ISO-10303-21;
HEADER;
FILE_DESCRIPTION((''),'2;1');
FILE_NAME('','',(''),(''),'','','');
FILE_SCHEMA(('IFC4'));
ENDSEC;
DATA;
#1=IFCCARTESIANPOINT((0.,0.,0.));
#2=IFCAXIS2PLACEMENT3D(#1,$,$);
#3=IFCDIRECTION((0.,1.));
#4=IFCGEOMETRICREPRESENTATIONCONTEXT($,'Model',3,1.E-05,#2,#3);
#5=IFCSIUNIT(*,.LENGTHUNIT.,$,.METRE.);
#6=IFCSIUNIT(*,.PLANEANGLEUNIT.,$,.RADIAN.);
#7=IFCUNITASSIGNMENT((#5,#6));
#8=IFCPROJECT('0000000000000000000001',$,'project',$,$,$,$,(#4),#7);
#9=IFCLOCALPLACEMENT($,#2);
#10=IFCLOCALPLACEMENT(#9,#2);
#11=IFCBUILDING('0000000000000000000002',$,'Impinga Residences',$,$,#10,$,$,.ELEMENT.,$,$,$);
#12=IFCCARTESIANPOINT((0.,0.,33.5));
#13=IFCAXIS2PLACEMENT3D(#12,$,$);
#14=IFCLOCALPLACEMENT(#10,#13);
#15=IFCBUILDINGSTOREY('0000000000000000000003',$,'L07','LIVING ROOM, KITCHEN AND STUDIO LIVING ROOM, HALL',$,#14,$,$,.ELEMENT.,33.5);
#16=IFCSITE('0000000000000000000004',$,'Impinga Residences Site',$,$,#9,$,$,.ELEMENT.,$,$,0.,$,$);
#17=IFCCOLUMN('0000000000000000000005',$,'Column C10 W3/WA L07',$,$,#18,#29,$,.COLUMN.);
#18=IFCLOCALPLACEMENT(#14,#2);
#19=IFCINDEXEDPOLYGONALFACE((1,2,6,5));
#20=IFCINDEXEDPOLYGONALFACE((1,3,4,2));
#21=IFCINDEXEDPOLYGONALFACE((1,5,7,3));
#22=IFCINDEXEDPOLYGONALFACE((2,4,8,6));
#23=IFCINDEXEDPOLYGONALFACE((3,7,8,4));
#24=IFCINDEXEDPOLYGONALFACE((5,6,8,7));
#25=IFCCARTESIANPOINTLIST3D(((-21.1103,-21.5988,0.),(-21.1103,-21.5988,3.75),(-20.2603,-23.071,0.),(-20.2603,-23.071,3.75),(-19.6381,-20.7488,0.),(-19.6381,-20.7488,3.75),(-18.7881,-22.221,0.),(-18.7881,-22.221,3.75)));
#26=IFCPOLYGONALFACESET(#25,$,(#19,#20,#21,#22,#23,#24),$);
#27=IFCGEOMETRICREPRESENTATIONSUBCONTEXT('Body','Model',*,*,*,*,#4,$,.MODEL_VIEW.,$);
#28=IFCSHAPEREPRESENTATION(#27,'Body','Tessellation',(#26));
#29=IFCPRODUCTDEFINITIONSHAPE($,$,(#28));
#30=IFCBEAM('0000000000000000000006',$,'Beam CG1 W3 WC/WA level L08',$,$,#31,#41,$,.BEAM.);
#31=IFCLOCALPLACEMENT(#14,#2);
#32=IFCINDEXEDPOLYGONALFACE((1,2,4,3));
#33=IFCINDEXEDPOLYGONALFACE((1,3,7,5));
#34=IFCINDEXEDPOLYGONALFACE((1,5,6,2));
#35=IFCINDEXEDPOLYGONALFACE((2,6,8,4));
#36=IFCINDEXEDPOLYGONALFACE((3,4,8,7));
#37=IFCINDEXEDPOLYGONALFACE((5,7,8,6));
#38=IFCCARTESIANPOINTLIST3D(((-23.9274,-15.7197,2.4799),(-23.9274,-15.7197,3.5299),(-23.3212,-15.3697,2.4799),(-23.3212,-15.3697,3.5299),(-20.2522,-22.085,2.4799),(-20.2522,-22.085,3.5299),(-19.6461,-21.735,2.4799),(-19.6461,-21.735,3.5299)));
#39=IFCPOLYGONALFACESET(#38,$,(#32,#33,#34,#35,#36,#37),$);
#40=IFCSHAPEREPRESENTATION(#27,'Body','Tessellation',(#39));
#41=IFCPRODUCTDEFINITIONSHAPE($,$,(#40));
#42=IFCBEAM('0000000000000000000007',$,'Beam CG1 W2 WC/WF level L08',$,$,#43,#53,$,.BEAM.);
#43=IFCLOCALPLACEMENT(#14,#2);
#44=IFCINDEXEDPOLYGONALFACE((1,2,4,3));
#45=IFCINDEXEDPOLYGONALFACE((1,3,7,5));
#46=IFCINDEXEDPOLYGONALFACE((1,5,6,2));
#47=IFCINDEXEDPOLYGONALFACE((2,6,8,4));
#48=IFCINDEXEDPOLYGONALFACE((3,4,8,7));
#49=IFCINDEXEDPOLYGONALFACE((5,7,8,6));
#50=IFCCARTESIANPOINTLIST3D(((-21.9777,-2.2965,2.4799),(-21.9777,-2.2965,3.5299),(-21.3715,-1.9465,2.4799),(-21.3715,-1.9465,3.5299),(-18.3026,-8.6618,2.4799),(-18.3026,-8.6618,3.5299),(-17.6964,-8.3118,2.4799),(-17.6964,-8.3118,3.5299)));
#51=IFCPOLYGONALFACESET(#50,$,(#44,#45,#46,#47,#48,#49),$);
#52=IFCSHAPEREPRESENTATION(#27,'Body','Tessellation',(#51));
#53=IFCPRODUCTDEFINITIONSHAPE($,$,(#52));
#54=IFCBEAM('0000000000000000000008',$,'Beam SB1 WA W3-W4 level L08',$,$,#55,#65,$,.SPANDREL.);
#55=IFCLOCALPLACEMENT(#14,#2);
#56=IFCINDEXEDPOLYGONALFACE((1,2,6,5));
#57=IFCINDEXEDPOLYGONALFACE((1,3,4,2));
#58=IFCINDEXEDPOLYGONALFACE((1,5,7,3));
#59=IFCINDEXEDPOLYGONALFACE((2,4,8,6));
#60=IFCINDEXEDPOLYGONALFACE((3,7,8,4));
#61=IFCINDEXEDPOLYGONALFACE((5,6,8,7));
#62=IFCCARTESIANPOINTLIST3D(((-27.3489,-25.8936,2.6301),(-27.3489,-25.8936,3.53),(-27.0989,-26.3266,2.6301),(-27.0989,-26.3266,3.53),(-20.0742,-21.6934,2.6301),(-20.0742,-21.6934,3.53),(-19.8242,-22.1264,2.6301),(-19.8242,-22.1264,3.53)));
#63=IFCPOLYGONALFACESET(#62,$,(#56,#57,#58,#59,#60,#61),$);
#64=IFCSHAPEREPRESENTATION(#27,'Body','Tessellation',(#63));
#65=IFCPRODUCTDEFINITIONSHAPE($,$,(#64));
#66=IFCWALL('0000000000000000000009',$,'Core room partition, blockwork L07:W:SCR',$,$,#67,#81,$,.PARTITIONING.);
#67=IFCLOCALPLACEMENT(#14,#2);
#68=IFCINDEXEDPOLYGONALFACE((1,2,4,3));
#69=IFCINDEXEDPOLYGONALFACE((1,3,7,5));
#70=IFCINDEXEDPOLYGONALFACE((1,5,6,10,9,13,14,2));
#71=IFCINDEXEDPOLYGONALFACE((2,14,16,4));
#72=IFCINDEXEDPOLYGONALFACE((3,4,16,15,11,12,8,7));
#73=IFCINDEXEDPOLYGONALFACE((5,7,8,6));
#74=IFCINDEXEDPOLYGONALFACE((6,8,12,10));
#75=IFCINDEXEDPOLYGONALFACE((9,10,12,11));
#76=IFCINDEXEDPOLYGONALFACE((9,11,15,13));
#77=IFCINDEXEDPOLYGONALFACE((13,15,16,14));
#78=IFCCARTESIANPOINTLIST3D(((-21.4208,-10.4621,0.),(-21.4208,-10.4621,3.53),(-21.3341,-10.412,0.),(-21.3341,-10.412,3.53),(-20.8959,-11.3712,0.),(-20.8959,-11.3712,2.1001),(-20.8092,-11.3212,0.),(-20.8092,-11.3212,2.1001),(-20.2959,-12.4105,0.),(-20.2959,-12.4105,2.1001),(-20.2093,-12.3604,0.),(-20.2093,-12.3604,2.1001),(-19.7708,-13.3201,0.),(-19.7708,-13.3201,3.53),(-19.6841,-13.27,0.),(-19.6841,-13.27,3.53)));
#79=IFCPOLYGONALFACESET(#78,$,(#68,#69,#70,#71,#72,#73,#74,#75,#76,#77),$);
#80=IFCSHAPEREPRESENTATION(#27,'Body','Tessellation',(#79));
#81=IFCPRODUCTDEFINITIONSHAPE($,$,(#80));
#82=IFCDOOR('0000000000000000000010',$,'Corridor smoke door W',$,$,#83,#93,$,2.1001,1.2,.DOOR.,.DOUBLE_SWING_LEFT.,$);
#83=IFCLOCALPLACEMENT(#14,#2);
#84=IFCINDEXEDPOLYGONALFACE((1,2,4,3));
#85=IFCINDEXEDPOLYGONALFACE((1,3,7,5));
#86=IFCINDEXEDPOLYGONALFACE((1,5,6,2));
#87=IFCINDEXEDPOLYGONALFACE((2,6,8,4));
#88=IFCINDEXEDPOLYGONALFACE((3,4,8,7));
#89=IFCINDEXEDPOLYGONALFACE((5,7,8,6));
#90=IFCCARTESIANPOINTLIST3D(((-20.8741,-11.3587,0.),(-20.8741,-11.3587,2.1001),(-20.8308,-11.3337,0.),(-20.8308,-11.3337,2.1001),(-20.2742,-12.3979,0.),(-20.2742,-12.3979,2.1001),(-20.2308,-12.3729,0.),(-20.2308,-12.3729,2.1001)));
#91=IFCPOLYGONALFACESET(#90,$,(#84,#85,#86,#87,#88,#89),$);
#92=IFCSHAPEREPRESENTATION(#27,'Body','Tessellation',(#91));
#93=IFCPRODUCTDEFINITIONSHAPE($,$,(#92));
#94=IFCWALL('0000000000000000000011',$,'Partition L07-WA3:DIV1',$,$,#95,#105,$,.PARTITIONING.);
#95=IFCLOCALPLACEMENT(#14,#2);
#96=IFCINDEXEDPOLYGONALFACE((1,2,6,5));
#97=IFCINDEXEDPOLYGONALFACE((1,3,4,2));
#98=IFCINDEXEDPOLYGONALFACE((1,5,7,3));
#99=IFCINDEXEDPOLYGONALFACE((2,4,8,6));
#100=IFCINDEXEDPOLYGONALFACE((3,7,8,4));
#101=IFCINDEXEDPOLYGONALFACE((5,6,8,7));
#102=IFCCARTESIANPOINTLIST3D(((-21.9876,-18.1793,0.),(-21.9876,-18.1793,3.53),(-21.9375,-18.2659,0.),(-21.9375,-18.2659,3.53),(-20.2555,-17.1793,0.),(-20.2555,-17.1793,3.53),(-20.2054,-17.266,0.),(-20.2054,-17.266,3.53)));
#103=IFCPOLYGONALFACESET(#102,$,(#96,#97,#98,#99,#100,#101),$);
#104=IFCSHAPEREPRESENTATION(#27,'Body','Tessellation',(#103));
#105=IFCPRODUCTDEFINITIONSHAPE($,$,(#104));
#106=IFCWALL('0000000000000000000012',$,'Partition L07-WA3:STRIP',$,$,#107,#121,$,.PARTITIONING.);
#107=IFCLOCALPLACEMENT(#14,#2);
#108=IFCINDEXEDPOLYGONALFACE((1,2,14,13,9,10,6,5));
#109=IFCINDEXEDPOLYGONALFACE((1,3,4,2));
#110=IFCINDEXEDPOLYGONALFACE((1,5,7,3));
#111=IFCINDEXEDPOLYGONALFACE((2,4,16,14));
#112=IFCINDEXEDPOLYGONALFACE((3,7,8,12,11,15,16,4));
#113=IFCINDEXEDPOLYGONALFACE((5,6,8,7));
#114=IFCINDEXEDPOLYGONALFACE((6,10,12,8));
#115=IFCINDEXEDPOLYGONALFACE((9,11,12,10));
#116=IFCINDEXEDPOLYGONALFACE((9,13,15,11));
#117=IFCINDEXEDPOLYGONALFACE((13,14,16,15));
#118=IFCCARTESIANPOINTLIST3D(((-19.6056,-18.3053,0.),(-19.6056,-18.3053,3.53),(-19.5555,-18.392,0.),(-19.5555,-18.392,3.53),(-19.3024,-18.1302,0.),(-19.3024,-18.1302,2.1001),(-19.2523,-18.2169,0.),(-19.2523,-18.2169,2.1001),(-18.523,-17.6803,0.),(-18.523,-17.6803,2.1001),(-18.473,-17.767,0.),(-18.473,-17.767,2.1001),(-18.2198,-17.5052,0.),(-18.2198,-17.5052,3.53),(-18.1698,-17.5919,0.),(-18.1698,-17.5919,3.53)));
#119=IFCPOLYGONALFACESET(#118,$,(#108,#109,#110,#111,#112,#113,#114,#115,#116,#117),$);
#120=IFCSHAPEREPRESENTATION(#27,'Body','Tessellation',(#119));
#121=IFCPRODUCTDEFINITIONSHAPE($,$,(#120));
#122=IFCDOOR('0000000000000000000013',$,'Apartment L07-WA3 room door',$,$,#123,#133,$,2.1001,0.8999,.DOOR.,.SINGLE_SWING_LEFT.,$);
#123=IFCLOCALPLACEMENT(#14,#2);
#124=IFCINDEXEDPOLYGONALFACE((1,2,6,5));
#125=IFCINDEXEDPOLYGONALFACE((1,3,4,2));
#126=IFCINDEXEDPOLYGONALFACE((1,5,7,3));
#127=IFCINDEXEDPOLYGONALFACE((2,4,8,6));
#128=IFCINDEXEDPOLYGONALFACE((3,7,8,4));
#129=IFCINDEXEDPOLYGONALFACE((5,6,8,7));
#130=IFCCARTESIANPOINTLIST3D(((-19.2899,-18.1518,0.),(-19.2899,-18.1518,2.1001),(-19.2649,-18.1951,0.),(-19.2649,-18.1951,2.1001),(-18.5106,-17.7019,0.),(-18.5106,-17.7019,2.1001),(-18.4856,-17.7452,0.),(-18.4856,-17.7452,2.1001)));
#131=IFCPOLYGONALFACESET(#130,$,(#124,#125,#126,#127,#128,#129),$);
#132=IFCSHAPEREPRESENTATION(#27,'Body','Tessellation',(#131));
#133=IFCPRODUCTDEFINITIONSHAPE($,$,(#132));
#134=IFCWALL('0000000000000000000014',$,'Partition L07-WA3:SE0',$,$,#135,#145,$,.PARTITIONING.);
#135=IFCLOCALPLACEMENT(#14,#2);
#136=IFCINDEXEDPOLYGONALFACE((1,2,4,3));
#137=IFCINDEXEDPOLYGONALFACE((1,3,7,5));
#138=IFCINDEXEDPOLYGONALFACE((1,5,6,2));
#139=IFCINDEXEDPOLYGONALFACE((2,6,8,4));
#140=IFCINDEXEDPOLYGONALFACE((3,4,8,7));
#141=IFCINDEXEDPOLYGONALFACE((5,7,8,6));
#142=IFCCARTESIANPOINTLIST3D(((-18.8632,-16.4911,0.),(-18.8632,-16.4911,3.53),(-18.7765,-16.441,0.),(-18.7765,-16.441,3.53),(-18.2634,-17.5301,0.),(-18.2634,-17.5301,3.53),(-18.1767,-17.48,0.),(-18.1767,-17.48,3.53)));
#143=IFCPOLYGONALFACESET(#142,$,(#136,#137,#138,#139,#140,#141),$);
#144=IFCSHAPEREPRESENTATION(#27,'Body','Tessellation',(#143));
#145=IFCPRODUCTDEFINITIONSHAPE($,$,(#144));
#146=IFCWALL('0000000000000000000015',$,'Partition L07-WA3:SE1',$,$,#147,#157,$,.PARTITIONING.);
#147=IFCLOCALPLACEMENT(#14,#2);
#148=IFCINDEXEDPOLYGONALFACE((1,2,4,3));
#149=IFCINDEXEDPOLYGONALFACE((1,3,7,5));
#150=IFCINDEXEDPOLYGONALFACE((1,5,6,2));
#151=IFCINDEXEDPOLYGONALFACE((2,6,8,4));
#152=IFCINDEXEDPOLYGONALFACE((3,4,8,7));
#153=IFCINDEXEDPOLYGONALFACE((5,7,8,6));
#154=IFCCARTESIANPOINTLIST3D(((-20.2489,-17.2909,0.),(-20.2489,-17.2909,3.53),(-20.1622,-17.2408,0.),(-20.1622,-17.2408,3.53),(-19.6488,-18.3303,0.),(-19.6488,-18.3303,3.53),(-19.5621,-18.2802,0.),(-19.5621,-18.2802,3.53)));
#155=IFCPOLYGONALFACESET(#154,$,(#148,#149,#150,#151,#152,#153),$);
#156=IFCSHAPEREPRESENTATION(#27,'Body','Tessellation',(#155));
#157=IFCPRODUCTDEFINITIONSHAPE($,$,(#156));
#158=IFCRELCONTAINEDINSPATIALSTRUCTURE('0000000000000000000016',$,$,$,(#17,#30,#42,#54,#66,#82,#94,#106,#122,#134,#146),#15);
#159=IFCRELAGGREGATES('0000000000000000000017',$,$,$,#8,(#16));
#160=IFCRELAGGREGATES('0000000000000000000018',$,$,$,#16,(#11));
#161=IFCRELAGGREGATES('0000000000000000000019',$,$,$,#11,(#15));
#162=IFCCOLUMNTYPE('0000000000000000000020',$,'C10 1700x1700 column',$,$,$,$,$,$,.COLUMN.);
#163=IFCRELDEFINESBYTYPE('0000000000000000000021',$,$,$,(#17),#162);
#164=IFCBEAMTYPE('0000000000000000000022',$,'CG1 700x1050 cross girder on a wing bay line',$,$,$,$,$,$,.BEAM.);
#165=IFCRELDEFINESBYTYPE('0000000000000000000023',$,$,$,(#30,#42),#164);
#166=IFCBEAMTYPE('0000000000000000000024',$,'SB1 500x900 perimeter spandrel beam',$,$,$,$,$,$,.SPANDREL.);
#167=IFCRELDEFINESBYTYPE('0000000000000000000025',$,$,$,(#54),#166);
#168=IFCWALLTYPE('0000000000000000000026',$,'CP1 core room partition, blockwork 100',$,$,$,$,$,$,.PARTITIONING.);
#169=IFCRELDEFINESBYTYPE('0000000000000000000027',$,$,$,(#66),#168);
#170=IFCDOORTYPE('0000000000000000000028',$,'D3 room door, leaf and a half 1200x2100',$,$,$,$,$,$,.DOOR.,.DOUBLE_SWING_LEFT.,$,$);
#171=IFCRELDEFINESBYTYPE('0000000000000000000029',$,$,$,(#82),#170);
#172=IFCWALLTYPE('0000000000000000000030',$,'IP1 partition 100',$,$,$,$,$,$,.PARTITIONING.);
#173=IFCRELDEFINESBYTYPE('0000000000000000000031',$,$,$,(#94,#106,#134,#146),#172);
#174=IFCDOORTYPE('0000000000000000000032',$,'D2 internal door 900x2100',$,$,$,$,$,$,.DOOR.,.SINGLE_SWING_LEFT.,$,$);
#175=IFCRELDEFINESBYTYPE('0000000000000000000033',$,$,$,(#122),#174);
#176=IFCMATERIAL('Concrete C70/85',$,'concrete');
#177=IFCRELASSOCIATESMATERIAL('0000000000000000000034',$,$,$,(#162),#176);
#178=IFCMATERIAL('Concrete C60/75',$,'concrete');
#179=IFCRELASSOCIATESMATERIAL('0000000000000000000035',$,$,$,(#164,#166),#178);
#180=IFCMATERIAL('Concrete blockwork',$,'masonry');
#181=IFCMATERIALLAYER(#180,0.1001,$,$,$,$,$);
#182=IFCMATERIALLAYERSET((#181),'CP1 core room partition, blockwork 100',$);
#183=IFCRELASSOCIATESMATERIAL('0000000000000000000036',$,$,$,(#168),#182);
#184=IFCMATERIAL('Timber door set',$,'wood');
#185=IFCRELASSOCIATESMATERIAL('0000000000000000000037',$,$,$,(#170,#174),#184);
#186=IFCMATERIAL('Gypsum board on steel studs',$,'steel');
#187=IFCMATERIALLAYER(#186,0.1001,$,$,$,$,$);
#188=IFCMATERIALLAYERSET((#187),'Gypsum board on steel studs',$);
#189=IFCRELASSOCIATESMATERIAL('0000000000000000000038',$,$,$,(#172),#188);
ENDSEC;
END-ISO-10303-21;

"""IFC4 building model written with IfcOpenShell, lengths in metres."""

from ifc_helpers import new_model, si_unit, direction, frame, frame_2d, origin, origin_2d, place, context, subcontext, project, spatial, rectangle, extrude, material, layer, layer_set, material_profile, profile_set, type_object, element, fill, save


model = new_model("IFC4")

# Units and contexts
model_context = context("Model", 3, precision=1e-05, world=origin(), true_north=direction((0.0, 1.0)))
body_context = subcontext(model_context, "Body", "Model", "MODEL_VIEW")
ifc_project = project(units=[si_unit("LENGTHUNIT", "METRE"), si_unit("PLANEANGLEUNIT", "RADIAN")], contexts=[model_context])

# Site, building, storey
site_placement = place(None, origin())
site = spatial("IfcSite", under=ifc_project, at=site_placement, Name="Impinga Residences Site", CompositionType="ELEMENT", RefElevation=0.0)
building_placement = place(site_placement, origin())
building = spatial("IfcBuilding", under=site, at=building_placement, Name="Impinga Residences", CompositionType="ELEMENT")
storey_placement = place(building_placement, frame((0.0, 0.0, 33.5)))
storey = spatial("IfcBuildingStorey", under=building, at=storey_placement, Name="L07", Description="LIVING ROOM, KITCHEN AND STUDIO LIVING ROOM, HALL", CompositionType="ELEMENT", Elevation=33.5)

# Column
ifc_material_1 = material(Name="Concrete C70/85", Category="concrete")
ifc_material_profile_1 = material_profile(ifc_material_1, rectangle(XDim=1.7, YDim=1.7, at=origin_2d()), Name="RC 1700x1700")
ifc_profile_set_1 = profile_set([ifc_material_profile_1], Name="Concrete C70/85")
column_type = type_object("IfcColumnType", Name="C10 1700x1700 column", PredefinedType="COLUMN", material=ifc_profile_set_1)
column_placement = place(storey_placement, frame((-19.9492, -21.9099, 0.0), z_axis=(0.0, 0.0, 1.0), x_axis=(-0.5, 0.866025, 0.0)))
element("IfcColumn", 1, at=column_placement, inside=storey, type_object=column_type, Name="Column C10 W3/WA L07", PredefinedType="COLUMN", context=body_context, shape_type="SweptSolid", body=[
    extrude(rectangle(XDim=1.7, YDim=1.7, at=origin_2d()), origin(), (0.0, 0.0, 1.0), 3.75),
])

# Beams
ifc_material_2 = material(Name="Concrete C60/75", Category="concrete")
ifc_material_profile_2 = material_profile(ifc_material_2, rectangle(XDim=0.7, YDim=1.05, at=origin_2d()), Name="RC 700x1050")
ifc_profile_set_2 = profile_set([ifc_material_profile_2], Name="Concrete C60/75")
beam_type_1 = type_object("IfcBeamType", Name="CG1 700x1050 cross girder on a wing bay line", PredefinedType="BEAM", material=ifc_profile_set_2)
for number, where, z_axis, x_axis, name in (
    (2, (-23.6243, -15.5447, 3.0049), (0.500008, -0.866021, 0.0), (0.866021, 0.500008, 0.0), "Beam CG1 W3 WC/WA level L08"),
    (3, (-17.9995, -8.4868, 3.0049), (-0.500008, 0.866021, 0.0), (-0.866021, -0.500008, 0.0), "Beam CG1 W2 WC/WF level L08"),
):
    element("IfcBeam", number, at=place(storey_placement, frame(where, z_axis=z_axis, x_axis=x_axis)), inside=storey, type_object=beam_type_1, Name=name, PredefinedType="BEAM", context=body_context, shape_type="SweptSolid", body=[
        extrude(rectangle(XDim=0.7, YDim=1.05, at=origin_2d()), origin(), (0.0, 0.0, 1.0), 7.3501),
    ])
ifc_material_profile_3 = material_profile(ifc_material_2, rectangle(XDim=0.5, YDim=0.8999, at=origin_2d()), Name="RC 500x900")
ifc_profile_set_3 = profile_set([ifc_material_profile_3], Name="Concrete C60/75")
beam_type_2 = type_object("IfcBeamType", Name="SB1 500x900 perimeter spandrel beam", PredefinedType="SPANDREL", material=ifc_profile_set_3)
beam_placement = place(storey_placement, frame((-19.9492, -21.9099, 3.0801), z_axis=(-0.866017, -0.500015, 0.0), x_axis=(0.500015, -0.866017, 0.0)))
element("IfcBeam", 4, at=beam_placement, inside=storey, type_object=beam_type_2, Name="Beam SB1 WA W3-W4 level L08", PredefinedType="SPANDREL", context=body_context, shape_type="SweptSolid", body=[
    extrude(rectangle(XDim=0.5, YDim=0.8999, at=origin_2d()), origin(), (0.0, 0.0, 1.0), 8.4001),
])

# Wall, opening, door
ifc_material_3 = material(Name="Concrete blockwork", Category="masonry")
ifc_layer_1 = layer(ifc_material_3, 0.1001)
ifc_layer_set_1 = layer_set([ifc_layer_1], Name="CP1 core room partition, blockwork 100")
wall_type_1 = type_object("IfcWallType", Name="CP1 core room partition, blockwork 100", PredefinedType="PARTITIONING", material=ifc_layer_set_1)
wall_1_placement = place(storey_placement, frame((-19.7275, -13.2949, 0.0), z_axis=(0.0, 0.0, 1.0), x_axis=(-0.499974, 0.86604, 0.0)))
wall_1 = element("IfcWall", 5, at=wall_1_placement, inside=storey, type_object=wall_type_1, Name="Core room partition, blockwork L07:W:SCR", PredefinedType="PARTITIONING", context=body_context, shape_type="SweptSolid", body=[
    extrude(rectangle(XDim=3.3, YDim=0.1001, at=frame_2d((1.6499, 0.0))), origin(), (0.0, 0.0, 1.0), 3.53),
])
opening_1_placement = place(wall_1_placement, frame((1.05, 0.0, 0.0)))
opening_1 = element("IfcOpeningElement", 6, at=opening_1_placement, cuts=wall_1, PredefinedType="OPENING", context=body_context, shape_type="SweptSolid", body=[
    extrude(rectangle(XDim=1.2, YDim=2.1001, at=frame_2d((0.6001, 1.05))), frame((0.0, 0.0601, 0.0), z_axis=(0.0, -1.0, 0.0), x_axis=(1.0, 0.0, 0.0)), (0.0, 0.0, 1.0), 0.1201),
])
ifc_material_4 = material(Name="Timber door set", Category="wood")
door_type_1 = type_object("IfcDoorType", Name="D3 room door, leaf and a half 1200x2100", OperationType="DOUBLE_SWING_LEFT", PredefinedType="DOOR", material=ifc_material_4)
door_1_placement = place(opening_1_placement, origin())
door_1 = element("IfcDoor", 7, at=door_1_placement, inside=storey, type_object=door_type_1, Name="Corridor smoke door W", OperationType="DOUBLE_SWING_LEFT", OverallHeight=2.1001, OverallWidth=1.2, PredefinedType="DOOR", context=body_context, shape_type="SweptSolid", body=[
    extrude(rectangle(XDim=1.2, YDim=2.1001, at=frame_2d((0.6001, 1.05))), frame((0.0, 0.0249, 0.0), z_axis=(0.0, -1.0, 0.0), x_axis=(1.0, 0.0, 0.0)), (0.0, 0.0, 1.0), 0.05),
])
fill(opening_1, door_1)

# Wall
ifc_material_5 = material(Name="Gypsum board on steel studs", Category="steel")
ifc_layer_2 = layer(ifc_material_5, 0.1001)
ifc_layer_set_2 = layer_set([ifc_layer_2], Name="Gypsum board on steel studs")
wall_type_2 = type_object("IfcWallType", Name="IP1 partition 100", PredefinedType="PARTITIONING", material=ifc_layer_set_2)
wall_2_placement = place(storey_placement, frame((-20.2305, -17.2227, 0.0), z_axis=(0.0, 0.0, 1.0), x_axis=(-0.866041, -0.499973, 0.0)))
element("IfcWall", 8, at=wall_2_placement, inside=storey, type_object=wall_type_2, Name="Partition L07-WA3:DIV1", PredefinedType="PARTITIONING", context=body_context, shape_type="SweptSolid", body=[
    extrude(rectangle(XDim=2.0, YDim=0.1001, at=frame_2d((1.0, 0.0))), origin(), (0.0, 0.0, 1.0), 3.53),
])

# Wall, opening, door
wall_3_placement = place(storey_placement, frame((-18.1948, -17.5486, 0.0), z_axis=(0.0, 0.0, 1.0), x_axis=(-0.866028, -0.499995, 0.0)))
wall_3 = element("IfcWall", 9, at=wall_3_placement, inside=storey, type_object=wall_type_2, Name="Partition L07-WA3:STRIP", PredefinedType="PARTITIONING", context=body_context, shape_type="SweptSolid", body=[
    extrude(rectangle(XDim=1.6001, YDim=0.1001, at=frame_2d((0.8, 0.0))), origin(), (0.0, 0.0, 1.0), 3.53),
])
opening_2_placement = place(wall_3_placement, frame((0.3501, 0.0, 0.0)))
opening_2 = element("IfcOpeningElement", 10, at=opening_2_placement, cuts=wall_3, PredefinedType="OPENING", context=body_context, shape_type="SweptSolid", body=[
    extrude(rectangle(XDim=0.8999, YDim=2.1001, at=frame_2d((0.45, 1.05))), frame((0.0, 0.0601, 0.0), z_axis=(0.0, -1.0, 0.0), x_axis=(1.0, 0.0, 0.0)), (0.0, 0.0, 1.0), 0.1201),
])
door_type_2 = type_object("IfcDoorType", Name="D2 internal door 900x2100", OperationType="SINGLE_SWING_LEFT", PredefinedType="DOOR", material=ifc_material_4)
door_2_placement = place(opening_2_placement, origin())
door_2 = element("IfcDoor", 11, at=door_2_placement, inside=storey, type_object=door_type_2, Name="Apartment L07-WA3 room door", OperationType="SINGLE_SWING_LEFT", OverallHeight=2.1001, OverallWidth=0.8999, PredefinedType="DOOR", context=body_context, shape_type="SweptSolid", body=[
    extrude(rectangle(XDim=0.8999, YDim=2.1001, at=frame_2d((0.45, 1.05))), frame((0.0, 0.0249, 0.0), z_axis=(0.0, -1.0, 0.0), x_axis=(1.0, 0.0, 0.0)), (0.0, 0.0, 1.0), 0.05),
])
fill(opening_2, door_2)

# Walls
wall_4_placement = place(storey_placement, frame((-18.8198, -16.4661, 0.0), z_axis=(0.0, 0.0, 1.0), x_axis=(0.499969, -0.866043, 0.0)))
element("IfcWall", 12, at=wall_4_placement, inside=storey, type_object=wall_type_2, Name="Partition L07-WA3:SE0", PredefinedType="PARTITIONING", context=body_context, shape_type="SweptSolid", body=[
    extrude(rectangle(XDim=1.1997, YDim=0.1001, at=frame_2d((0.5999, 0.0))), origin(), (0.0, 0.0, 1.0), 3.53),
])
wall_5_placement = place(storey_placement, frame((-20.2056, -17.2659, 0.0), z_axis=(0.0, 0.0, 1.0), x_axis=(0.500034, -0.866006, 0.0)))
element("IfcWall", 13, at=wall_5_placement, inside=storey, type_object=wall_type_2, Name="Partition L07-WA3:SE1", PredefinedType="PARTITIONING", context=body_context, shape_type="SweptSolid", body=[
    extrude(rectangle(XDim=1.2002, YDim=0.1001, at=frame_2d((0.6001, 0.0))), origin(), (0.0, 0.0, 1.0), 3.53),
])

save(model, "model.ifc")
